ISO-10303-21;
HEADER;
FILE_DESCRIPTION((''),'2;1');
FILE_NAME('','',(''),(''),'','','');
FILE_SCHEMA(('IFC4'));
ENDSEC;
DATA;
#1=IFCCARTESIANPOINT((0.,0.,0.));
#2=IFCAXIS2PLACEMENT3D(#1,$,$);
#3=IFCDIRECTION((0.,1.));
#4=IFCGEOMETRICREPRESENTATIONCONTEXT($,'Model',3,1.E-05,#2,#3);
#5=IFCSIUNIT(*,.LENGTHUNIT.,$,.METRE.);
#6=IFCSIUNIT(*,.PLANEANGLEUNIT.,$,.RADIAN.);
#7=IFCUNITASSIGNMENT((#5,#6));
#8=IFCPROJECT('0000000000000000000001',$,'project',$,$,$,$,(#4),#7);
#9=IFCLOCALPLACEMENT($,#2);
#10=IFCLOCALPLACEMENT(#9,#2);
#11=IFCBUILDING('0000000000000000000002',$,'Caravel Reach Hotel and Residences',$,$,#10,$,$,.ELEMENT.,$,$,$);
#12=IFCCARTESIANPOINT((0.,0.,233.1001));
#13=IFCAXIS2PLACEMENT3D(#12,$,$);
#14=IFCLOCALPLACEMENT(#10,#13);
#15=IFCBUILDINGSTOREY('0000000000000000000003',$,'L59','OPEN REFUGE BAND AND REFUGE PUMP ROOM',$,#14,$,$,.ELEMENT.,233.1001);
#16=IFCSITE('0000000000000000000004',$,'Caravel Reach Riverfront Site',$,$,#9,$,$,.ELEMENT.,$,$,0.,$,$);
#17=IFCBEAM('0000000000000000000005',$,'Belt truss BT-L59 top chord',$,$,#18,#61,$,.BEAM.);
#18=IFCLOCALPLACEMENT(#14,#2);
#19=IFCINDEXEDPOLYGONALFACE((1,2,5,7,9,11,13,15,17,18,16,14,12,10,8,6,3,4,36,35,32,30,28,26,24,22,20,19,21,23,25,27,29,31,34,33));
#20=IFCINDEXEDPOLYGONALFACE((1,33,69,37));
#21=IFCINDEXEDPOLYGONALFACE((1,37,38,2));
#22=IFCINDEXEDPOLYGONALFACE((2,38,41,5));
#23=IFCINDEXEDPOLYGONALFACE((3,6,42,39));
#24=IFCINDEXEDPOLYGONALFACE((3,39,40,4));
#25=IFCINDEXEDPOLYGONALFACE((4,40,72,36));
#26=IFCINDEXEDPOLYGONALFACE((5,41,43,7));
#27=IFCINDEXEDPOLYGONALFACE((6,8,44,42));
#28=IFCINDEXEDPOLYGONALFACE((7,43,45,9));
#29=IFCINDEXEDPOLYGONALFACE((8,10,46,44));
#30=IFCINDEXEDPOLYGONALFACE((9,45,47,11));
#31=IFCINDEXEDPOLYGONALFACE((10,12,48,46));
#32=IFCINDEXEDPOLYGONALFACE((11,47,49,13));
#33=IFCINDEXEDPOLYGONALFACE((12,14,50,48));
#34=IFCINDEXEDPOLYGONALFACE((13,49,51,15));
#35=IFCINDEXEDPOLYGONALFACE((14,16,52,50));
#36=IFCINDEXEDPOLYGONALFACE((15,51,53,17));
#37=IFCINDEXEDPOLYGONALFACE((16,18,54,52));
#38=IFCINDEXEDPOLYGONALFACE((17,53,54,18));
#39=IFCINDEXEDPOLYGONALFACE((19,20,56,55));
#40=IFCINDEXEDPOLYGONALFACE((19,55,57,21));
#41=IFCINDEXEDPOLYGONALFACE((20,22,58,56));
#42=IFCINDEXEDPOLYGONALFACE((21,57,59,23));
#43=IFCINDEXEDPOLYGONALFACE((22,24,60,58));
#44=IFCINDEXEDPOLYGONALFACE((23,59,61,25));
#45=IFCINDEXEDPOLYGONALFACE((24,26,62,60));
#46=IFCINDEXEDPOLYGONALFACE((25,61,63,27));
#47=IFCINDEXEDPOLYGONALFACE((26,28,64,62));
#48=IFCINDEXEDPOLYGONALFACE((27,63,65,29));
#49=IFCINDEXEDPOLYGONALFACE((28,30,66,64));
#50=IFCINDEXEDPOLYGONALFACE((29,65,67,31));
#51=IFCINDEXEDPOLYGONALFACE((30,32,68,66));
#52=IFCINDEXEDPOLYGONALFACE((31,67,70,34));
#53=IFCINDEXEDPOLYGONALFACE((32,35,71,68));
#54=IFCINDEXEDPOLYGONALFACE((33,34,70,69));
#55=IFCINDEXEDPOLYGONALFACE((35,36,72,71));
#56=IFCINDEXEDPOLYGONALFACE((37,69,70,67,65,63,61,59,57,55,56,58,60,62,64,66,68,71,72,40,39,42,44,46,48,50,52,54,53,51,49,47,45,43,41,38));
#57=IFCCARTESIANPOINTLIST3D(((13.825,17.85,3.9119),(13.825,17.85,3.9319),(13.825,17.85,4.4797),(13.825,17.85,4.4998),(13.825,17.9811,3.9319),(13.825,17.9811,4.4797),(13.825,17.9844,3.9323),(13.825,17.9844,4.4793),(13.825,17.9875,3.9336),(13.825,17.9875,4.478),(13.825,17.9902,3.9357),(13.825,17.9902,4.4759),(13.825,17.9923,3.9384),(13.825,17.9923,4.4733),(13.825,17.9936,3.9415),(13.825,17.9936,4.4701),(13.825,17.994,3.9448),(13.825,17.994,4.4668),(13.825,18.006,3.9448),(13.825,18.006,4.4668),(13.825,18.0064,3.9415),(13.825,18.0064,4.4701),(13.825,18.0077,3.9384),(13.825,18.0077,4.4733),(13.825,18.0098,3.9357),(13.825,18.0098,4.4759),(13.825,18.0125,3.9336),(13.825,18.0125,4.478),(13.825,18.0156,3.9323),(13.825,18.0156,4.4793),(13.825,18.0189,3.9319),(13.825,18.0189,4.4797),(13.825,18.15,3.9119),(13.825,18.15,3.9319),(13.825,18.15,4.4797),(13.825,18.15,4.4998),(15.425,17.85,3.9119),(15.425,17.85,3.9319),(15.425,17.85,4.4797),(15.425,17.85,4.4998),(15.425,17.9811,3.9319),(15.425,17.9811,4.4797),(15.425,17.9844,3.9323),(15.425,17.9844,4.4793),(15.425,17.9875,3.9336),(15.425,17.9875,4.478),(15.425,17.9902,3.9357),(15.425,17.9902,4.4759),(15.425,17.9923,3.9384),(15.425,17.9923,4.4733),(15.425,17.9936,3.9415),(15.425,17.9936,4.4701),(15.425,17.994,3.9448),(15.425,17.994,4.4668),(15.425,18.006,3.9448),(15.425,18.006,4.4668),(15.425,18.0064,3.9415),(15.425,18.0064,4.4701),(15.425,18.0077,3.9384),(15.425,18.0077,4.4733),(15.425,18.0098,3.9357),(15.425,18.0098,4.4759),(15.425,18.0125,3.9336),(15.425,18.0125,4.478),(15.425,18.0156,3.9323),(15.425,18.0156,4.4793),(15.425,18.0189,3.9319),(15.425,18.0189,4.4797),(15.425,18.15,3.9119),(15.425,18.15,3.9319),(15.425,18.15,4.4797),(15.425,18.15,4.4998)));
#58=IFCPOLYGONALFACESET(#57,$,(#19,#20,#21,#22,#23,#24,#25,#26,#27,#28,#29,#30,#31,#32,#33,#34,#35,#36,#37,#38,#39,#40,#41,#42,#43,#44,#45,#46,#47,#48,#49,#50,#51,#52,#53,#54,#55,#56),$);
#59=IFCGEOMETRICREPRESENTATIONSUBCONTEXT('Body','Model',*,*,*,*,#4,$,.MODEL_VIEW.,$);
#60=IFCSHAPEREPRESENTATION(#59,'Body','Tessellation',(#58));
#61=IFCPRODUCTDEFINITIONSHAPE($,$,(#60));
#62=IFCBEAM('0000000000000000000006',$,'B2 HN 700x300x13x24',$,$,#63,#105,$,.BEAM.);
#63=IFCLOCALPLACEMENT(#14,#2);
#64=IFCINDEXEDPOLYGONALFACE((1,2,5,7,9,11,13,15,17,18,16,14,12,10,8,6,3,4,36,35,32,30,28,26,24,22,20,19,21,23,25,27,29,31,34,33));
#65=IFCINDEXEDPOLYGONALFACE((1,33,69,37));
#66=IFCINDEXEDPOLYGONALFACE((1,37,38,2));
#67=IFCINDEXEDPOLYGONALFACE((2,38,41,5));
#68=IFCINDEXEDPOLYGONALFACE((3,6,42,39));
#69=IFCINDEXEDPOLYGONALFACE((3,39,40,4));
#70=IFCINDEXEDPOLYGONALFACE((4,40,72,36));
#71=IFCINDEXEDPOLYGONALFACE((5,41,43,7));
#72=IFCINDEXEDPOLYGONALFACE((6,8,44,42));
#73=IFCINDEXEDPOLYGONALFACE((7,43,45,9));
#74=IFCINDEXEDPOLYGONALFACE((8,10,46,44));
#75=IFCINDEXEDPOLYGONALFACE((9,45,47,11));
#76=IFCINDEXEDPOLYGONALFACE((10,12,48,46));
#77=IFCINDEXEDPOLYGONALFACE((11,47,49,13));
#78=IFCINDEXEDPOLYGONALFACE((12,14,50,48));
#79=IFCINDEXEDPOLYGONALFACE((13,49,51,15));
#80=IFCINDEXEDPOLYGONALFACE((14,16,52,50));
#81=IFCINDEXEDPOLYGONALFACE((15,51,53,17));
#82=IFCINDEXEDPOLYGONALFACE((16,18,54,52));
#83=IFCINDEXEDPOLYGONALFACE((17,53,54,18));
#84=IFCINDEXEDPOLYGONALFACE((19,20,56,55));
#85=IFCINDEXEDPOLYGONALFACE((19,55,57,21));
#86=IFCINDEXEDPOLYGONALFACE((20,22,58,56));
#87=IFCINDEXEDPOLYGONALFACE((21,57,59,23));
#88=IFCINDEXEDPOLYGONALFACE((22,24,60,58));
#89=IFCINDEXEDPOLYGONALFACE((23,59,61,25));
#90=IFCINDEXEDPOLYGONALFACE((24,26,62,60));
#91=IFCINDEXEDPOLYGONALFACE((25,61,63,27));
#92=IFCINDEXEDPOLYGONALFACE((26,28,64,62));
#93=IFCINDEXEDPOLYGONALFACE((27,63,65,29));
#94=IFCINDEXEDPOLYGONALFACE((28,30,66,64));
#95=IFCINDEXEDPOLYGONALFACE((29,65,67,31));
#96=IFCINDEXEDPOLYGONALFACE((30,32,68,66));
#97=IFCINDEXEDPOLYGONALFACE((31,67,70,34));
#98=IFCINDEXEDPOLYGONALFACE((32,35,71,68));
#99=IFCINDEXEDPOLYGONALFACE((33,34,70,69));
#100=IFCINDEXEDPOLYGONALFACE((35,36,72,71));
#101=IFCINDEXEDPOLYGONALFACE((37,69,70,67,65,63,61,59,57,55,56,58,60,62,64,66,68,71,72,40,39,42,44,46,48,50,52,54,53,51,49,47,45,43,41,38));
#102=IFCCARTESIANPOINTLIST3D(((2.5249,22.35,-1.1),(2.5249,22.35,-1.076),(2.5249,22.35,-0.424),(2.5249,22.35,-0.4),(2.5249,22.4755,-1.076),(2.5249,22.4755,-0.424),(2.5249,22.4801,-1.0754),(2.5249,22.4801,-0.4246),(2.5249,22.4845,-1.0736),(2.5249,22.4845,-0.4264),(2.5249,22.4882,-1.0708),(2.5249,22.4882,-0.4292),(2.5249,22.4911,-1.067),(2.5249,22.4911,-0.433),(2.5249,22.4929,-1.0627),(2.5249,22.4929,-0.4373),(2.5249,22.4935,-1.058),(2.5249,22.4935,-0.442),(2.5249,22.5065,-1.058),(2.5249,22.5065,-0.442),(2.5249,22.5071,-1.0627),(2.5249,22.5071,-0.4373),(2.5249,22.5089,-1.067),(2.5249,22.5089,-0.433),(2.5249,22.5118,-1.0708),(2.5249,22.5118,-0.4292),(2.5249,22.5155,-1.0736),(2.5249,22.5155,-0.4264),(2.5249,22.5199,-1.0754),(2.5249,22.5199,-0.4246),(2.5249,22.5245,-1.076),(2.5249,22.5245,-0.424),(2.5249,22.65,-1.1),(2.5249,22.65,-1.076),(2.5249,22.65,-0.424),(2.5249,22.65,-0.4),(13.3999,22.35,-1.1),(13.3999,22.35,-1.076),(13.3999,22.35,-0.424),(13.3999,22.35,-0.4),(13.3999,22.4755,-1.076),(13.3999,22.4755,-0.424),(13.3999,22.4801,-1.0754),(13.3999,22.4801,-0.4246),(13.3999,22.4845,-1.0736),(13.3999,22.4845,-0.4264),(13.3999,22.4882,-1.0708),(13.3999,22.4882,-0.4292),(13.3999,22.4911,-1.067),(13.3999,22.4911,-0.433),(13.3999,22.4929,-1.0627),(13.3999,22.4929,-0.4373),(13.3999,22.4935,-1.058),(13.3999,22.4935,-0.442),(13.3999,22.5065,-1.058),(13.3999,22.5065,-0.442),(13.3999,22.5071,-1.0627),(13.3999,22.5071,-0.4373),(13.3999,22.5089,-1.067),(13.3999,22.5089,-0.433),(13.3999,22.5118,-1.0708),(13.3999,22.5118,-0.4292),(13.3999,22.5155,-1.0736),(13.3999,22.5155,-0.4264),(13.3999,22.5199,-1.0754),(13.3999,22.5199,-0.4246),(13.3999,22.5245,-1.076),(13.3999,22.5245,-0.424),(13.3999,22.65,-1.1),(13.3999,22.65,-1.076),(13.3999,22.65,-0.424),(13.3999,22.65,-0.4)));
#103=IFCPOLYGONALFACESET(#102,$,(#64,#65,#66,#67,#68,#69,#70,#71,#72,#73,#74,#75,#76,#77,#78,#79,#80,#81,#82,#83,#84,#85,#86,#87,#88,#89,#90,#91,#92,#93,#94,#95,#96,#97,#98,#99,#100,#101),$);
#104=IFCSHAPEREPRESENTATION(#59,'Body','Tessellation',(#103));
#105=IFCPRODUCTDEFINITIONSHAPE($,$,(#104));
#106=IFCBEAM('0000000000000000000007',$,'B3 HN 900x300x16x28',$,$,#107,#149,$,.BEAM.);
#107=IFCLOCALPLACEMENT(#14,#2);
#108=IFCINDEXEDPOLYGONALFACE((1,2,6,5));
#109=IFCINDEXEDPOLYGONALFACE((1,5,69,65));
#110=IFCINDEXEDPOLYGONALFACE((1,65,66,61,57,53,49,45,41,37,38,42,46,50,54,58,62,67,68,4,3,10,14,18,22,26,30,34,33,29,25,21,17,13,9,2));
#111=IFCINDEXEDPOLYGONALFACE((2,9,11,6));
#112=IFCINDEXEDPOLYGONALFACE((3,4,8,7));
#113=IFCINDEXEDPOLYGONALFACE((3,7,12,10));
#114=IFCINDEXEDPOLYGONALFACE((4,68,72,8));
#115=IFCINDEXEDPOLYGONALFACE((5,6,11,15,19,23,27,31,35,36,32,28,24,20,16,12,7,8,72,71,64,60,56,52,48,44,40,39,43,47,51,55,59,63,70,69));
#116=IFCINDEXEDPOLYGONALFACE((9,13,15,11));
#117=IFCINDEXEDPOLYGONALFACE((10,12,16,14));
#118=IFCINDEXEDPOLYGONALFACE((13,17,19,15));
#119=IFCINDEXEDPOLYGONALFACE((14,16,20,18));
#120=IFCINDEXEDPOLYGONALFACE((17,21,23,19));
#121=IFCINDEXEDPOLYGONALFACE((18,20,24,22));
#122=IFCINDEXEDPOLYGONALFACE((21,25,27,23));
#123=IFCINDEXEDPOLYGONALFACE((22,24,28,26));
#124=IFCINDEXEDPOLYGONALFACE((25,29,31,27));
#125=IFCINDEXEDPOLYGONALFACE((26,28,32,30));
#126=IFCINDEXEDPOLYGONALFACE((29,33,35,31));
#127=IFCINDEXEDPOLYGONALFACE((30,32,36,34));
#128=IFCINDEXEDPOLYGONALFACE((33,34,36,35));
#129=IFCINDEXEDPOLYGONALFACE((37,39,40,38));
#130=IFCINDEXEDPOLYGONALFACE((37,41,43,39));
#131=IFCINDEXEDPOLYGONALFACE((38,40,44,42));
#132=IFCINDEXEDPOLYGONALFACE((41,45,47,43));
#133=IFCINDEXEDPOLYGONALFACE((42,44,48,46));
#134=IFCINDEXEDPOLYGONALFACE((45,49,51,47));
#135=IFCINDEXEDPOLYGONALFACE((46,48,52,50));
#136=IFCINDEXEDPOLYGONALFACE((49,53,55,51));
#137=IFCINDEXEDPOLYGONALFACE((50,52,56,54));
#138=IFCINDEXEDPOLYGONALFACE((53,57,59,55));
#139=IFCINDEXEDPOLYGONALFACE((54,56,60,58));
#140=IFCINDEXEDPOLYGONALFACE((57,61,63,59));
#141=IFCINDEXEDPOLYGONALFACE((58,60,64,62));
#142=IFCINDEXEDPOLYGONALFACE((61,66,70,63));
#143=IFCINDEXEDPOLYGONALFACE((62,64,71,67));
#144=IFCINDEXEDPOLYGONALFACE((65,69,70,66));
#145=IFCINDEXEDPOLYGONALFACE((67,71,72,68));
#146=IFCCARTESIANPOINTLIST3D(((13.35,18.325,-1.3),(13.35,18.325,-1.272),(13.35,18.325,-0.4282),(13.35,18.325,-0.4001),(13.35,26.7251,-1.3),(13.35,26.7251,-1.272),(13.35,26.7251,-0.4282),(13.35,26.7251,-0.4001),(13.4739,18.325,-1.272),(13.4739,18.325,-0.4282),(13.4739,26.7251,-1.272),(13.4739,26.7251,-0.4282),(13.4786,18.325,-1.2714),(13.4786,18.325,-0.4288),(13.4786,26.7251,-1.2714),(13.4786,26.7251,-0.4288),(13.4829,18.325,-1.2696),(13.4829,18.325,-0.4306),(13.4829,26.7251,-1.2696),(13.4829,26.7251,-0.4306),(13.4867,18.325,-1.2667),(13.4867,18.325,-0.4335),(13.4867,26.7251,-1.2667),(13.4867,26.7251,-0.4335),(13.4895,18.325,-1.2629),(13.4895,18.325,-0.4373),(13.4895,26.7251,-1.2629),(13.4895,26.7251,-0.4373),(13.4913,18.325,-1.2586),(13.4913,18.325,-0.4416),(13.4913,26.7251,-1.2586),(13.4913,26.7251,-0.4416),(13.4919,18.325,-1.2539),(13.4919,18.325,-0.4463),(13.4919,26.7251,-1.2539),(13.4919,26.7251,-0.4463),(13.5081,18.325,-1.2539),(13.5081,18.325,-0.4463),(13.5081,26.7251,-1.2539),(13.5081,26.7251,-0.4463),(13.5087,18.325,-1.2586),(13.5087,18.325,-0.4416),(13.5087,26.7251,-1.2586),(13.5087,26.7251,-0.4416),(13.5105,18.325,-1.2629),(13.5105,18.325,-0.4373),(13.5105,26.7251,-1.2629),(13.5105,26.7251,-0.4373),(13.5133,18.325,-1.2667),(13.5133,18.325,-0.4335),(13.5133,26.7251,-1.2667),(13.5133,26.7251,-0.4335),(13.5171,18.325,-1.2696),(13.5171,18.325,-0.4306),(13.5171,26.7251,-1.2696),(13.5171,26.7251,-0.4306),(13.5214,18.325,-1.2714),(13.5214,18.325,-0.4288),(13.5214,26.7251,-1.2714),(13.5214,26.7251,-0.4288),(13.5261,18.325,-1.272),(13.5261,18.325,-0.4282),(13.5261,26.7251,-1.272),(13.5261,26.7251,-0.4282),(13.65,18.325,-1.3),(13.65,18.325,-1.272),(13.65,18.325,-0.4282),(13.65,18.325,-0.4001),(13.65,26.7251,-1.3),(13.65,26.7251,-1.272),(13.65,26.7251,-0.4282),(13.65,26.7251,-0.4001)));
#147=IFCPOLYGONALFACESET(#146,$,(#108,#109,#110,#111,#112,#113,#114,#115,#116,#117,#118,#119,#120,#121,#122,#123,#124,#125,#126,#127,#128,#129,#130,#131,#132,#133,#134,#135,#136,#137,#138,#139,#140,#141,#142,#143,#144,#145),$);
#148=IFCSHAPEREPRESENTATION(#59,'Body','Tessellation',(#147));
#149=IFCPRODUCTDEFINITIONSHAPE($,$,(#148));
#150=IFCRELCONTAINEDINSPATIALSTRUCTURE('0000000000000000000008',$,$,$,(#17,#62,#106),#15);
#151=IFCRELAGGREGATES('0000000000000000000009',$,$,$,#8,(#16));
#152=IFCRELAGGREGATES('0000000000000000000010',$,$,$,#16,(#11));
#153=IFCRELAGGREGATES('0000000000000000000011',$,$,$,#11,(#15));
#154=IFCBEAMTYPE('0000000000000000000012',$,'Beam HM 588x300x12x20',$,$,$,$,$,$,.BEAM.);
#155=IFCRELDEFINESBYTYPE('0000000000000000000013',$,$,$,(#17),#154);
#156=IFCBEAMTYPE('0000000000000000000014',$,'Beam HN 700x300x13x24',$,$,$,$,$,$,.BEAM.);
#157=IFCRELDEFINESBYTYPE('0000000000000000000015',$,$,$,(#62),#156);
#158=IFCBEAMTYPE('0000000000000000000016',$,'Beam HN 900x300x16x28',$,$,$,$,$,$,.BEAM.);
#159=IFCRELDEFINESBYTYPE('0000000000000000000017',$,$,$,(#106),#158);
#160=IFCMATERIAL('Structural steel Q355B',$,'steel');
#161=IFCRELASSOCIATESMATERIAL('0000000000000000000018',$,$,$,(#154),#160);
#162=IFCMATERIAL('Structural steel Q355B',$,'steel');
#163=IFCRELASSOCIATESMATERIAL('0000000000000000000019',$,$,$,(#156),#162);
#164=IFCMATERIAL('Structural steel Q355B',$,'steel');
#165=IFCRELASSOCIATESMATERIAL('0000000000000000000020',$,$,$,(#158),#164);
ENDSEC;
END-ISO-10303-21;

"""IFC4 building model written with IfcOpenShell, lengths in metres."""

from ifc_helpers import new_model, si_unit, direction, frame, origin, origin_2d, place, context, subcontext, project, spatial, i_section, extrude, material, material_profile, profile_set, type_object, element, save


model = new_model("IFC4")

# Units and contexts
model_context = context("Model", 3, precision=1e-05, world=origin(), true_north=direction((0.0, 1.0)))
body_context = subcontext(model_context, "Body", "Model", "MODEL_VIEW")
ifc_project = project(units=[si_unit("LENGTHUNIT", "METRE"), si_unit("PLANEANGLEUNIT", "RADIAN")], contexts=[model_context])

# Site, building, storey
site_placement = place(None, origin())
site = spatial("IfcSite", under=ifc_project, at=site_placement, Name="Caravel Reach Riverfront Site", CompositionType="ELEMENT", RefElevation=0.0)
building_placement = place(site_placement, origin())
building = spatial("IfcBuilding", under=site, at=building_placement, Name="Caravel Reach Hotel and Residences", CompositionType="ELEMENT")
storey_placement = place(building_placement, frame((0.0, 0.0, 233.1001)))
storey = spatial("IfcBuildingStorey", under=building, at=storey_placement, Name="L59", Description="OPEN REFUGE BAND AND REFUGE PUMP ROOM", CompositionType="ELEMENT", Elevation=233.1001)

# Beams
ifc_material_1 = material(Name="Structural steel Q355B", Category="steel")
ifc_material_profile_1 = material_profile(ifc_material_1, i_section(OverallWidth=0.3, OverallDepth=0.5879, WebThickness=0.012, FlangeThickness=0.02, FilletRadius=0.0129, at=origin_2d()), Name="HM 588x300x12x20")
ifc_profile_set_1 = profile_set([ifc_material_profile_1], Name="Structural steel Q355B")
beam_type_1 = type_object("IfcBeamType", Name="Beam HM 588x300x12x20", PredefinedType="BEAM", material=ifc_profile_set_1)
for number, where, z_axis, x_axis, name in (
    (1, (13.825, 18.0, 4.2058), (1.0, 0.0, 0.0), (0.0, 1.0, 0.0), "Belt truss BT-L59 top chord"),
):
    element("IfcBeam", number, at=place(storey_placement, frame(where, z_axis=z_axis, x_axis=x_axis)), inside=storey, type_object=beam_type_1, Name=name, PredefinedType="BEAM", context=body_context, shape_type="SweptSolid", body=[
        extrude(i_section(OverallWidth=0.3, OverallDepth=0.5879, WebThickness=0.012, FlangeThickness=0.02, FilletRadius=0.0129, at=origin_2d()), origin(), (0.0, 0.0, 1.0), 1.6001),
    ])
ifc_material_2 = material(Name="Structural steel Q355B", Category="steel")
ifc_material_profile_2 = material_profile(ifc_material_2, i_section(OverallWidth=0.3, OverallDepth=0.7, WebThickness=0.0129, FlangeThickness=0.0239, FilletRadius=0.0181, at=origin_2d()), Name="HN 700x300x13x24")
ifc_profile_set_2 = profile_set([ifc_material_profile_2], Name="Structural steel Q355B")
beam_type_2 = type_object("IfcBeamType", Name="Beam HN 700x300x13x24", PredefinedType="BEAM", material=ifc_profile_set_2)
beam_1_placement = place(storey_placement, frame((13.3999, 22.5, -0.75), z_axis=(-1.0, 0.0, 0.0), x_axis=(0.0, -1.0, 0.0)))
element("IfcBeam", 2, at=beam_1_placement, inside=storey, type_object=beam_type_2, Name="B2 HN 700x300x13x24", PredefinedType="BEAM", context=body_context, shape_type="SweptSolid", body=[
    extrude(i_section(OverallWidth=0.3, OverallDepth=0.7, WebThickness=0.0129, FlangeThickness=0.0239, FilletRadius=0.0181, at=origin_2d()), origin(), (0.0, 0.0, 1.0), 10.875),
])
ifc_material_3 = material(Name="Structural steel Q355B", Category="steel")
ifc_material_profile_3 = material_profile(ifc_material_3, i_section(OverallWidth=0.3, OverallDepth=0.8999, WebThickness=0.0161, FlangeThickness=0.0281, FilletRadius=0.0181, at=origin_2d()), Name="HN 900x300x16x28")
ifc_profile_set_3 = profile_set([ifc_material_profile_3], Name="Structural steel Q355B")
beam_type_3 = type_object("IfcBeamType", Name="Beam HN 900x300x16x28", PredefinedType="BEAM", material=ifc_profile_set_3)
beam_2_placement = place(storey_placement, frame((13.5, 18.325, -0.8501), z_axis=(0.0, 1.0, 0.0), x_axis=(-1.0, 0.0, 0.0)))
element("IfcBeam", 3, at=beam_2_placement, inside=storey, type_object=beam_type_3, Name="B3 HN 900x300x16x28", PredefinedType="BEAM", context=body_context, shape_type="SweptSolid", body=[
    extrude(i_section(OverallWidth=0.3, OverallDepth=0.8999, WebThickness=0.0161, FlangeThickness=0.0281, FilletRadius=0.0181, at=origin_2d()), origin(), (0.0, 0.0, 1.0), 8.4001),
])

save(model, "model.ifc")
